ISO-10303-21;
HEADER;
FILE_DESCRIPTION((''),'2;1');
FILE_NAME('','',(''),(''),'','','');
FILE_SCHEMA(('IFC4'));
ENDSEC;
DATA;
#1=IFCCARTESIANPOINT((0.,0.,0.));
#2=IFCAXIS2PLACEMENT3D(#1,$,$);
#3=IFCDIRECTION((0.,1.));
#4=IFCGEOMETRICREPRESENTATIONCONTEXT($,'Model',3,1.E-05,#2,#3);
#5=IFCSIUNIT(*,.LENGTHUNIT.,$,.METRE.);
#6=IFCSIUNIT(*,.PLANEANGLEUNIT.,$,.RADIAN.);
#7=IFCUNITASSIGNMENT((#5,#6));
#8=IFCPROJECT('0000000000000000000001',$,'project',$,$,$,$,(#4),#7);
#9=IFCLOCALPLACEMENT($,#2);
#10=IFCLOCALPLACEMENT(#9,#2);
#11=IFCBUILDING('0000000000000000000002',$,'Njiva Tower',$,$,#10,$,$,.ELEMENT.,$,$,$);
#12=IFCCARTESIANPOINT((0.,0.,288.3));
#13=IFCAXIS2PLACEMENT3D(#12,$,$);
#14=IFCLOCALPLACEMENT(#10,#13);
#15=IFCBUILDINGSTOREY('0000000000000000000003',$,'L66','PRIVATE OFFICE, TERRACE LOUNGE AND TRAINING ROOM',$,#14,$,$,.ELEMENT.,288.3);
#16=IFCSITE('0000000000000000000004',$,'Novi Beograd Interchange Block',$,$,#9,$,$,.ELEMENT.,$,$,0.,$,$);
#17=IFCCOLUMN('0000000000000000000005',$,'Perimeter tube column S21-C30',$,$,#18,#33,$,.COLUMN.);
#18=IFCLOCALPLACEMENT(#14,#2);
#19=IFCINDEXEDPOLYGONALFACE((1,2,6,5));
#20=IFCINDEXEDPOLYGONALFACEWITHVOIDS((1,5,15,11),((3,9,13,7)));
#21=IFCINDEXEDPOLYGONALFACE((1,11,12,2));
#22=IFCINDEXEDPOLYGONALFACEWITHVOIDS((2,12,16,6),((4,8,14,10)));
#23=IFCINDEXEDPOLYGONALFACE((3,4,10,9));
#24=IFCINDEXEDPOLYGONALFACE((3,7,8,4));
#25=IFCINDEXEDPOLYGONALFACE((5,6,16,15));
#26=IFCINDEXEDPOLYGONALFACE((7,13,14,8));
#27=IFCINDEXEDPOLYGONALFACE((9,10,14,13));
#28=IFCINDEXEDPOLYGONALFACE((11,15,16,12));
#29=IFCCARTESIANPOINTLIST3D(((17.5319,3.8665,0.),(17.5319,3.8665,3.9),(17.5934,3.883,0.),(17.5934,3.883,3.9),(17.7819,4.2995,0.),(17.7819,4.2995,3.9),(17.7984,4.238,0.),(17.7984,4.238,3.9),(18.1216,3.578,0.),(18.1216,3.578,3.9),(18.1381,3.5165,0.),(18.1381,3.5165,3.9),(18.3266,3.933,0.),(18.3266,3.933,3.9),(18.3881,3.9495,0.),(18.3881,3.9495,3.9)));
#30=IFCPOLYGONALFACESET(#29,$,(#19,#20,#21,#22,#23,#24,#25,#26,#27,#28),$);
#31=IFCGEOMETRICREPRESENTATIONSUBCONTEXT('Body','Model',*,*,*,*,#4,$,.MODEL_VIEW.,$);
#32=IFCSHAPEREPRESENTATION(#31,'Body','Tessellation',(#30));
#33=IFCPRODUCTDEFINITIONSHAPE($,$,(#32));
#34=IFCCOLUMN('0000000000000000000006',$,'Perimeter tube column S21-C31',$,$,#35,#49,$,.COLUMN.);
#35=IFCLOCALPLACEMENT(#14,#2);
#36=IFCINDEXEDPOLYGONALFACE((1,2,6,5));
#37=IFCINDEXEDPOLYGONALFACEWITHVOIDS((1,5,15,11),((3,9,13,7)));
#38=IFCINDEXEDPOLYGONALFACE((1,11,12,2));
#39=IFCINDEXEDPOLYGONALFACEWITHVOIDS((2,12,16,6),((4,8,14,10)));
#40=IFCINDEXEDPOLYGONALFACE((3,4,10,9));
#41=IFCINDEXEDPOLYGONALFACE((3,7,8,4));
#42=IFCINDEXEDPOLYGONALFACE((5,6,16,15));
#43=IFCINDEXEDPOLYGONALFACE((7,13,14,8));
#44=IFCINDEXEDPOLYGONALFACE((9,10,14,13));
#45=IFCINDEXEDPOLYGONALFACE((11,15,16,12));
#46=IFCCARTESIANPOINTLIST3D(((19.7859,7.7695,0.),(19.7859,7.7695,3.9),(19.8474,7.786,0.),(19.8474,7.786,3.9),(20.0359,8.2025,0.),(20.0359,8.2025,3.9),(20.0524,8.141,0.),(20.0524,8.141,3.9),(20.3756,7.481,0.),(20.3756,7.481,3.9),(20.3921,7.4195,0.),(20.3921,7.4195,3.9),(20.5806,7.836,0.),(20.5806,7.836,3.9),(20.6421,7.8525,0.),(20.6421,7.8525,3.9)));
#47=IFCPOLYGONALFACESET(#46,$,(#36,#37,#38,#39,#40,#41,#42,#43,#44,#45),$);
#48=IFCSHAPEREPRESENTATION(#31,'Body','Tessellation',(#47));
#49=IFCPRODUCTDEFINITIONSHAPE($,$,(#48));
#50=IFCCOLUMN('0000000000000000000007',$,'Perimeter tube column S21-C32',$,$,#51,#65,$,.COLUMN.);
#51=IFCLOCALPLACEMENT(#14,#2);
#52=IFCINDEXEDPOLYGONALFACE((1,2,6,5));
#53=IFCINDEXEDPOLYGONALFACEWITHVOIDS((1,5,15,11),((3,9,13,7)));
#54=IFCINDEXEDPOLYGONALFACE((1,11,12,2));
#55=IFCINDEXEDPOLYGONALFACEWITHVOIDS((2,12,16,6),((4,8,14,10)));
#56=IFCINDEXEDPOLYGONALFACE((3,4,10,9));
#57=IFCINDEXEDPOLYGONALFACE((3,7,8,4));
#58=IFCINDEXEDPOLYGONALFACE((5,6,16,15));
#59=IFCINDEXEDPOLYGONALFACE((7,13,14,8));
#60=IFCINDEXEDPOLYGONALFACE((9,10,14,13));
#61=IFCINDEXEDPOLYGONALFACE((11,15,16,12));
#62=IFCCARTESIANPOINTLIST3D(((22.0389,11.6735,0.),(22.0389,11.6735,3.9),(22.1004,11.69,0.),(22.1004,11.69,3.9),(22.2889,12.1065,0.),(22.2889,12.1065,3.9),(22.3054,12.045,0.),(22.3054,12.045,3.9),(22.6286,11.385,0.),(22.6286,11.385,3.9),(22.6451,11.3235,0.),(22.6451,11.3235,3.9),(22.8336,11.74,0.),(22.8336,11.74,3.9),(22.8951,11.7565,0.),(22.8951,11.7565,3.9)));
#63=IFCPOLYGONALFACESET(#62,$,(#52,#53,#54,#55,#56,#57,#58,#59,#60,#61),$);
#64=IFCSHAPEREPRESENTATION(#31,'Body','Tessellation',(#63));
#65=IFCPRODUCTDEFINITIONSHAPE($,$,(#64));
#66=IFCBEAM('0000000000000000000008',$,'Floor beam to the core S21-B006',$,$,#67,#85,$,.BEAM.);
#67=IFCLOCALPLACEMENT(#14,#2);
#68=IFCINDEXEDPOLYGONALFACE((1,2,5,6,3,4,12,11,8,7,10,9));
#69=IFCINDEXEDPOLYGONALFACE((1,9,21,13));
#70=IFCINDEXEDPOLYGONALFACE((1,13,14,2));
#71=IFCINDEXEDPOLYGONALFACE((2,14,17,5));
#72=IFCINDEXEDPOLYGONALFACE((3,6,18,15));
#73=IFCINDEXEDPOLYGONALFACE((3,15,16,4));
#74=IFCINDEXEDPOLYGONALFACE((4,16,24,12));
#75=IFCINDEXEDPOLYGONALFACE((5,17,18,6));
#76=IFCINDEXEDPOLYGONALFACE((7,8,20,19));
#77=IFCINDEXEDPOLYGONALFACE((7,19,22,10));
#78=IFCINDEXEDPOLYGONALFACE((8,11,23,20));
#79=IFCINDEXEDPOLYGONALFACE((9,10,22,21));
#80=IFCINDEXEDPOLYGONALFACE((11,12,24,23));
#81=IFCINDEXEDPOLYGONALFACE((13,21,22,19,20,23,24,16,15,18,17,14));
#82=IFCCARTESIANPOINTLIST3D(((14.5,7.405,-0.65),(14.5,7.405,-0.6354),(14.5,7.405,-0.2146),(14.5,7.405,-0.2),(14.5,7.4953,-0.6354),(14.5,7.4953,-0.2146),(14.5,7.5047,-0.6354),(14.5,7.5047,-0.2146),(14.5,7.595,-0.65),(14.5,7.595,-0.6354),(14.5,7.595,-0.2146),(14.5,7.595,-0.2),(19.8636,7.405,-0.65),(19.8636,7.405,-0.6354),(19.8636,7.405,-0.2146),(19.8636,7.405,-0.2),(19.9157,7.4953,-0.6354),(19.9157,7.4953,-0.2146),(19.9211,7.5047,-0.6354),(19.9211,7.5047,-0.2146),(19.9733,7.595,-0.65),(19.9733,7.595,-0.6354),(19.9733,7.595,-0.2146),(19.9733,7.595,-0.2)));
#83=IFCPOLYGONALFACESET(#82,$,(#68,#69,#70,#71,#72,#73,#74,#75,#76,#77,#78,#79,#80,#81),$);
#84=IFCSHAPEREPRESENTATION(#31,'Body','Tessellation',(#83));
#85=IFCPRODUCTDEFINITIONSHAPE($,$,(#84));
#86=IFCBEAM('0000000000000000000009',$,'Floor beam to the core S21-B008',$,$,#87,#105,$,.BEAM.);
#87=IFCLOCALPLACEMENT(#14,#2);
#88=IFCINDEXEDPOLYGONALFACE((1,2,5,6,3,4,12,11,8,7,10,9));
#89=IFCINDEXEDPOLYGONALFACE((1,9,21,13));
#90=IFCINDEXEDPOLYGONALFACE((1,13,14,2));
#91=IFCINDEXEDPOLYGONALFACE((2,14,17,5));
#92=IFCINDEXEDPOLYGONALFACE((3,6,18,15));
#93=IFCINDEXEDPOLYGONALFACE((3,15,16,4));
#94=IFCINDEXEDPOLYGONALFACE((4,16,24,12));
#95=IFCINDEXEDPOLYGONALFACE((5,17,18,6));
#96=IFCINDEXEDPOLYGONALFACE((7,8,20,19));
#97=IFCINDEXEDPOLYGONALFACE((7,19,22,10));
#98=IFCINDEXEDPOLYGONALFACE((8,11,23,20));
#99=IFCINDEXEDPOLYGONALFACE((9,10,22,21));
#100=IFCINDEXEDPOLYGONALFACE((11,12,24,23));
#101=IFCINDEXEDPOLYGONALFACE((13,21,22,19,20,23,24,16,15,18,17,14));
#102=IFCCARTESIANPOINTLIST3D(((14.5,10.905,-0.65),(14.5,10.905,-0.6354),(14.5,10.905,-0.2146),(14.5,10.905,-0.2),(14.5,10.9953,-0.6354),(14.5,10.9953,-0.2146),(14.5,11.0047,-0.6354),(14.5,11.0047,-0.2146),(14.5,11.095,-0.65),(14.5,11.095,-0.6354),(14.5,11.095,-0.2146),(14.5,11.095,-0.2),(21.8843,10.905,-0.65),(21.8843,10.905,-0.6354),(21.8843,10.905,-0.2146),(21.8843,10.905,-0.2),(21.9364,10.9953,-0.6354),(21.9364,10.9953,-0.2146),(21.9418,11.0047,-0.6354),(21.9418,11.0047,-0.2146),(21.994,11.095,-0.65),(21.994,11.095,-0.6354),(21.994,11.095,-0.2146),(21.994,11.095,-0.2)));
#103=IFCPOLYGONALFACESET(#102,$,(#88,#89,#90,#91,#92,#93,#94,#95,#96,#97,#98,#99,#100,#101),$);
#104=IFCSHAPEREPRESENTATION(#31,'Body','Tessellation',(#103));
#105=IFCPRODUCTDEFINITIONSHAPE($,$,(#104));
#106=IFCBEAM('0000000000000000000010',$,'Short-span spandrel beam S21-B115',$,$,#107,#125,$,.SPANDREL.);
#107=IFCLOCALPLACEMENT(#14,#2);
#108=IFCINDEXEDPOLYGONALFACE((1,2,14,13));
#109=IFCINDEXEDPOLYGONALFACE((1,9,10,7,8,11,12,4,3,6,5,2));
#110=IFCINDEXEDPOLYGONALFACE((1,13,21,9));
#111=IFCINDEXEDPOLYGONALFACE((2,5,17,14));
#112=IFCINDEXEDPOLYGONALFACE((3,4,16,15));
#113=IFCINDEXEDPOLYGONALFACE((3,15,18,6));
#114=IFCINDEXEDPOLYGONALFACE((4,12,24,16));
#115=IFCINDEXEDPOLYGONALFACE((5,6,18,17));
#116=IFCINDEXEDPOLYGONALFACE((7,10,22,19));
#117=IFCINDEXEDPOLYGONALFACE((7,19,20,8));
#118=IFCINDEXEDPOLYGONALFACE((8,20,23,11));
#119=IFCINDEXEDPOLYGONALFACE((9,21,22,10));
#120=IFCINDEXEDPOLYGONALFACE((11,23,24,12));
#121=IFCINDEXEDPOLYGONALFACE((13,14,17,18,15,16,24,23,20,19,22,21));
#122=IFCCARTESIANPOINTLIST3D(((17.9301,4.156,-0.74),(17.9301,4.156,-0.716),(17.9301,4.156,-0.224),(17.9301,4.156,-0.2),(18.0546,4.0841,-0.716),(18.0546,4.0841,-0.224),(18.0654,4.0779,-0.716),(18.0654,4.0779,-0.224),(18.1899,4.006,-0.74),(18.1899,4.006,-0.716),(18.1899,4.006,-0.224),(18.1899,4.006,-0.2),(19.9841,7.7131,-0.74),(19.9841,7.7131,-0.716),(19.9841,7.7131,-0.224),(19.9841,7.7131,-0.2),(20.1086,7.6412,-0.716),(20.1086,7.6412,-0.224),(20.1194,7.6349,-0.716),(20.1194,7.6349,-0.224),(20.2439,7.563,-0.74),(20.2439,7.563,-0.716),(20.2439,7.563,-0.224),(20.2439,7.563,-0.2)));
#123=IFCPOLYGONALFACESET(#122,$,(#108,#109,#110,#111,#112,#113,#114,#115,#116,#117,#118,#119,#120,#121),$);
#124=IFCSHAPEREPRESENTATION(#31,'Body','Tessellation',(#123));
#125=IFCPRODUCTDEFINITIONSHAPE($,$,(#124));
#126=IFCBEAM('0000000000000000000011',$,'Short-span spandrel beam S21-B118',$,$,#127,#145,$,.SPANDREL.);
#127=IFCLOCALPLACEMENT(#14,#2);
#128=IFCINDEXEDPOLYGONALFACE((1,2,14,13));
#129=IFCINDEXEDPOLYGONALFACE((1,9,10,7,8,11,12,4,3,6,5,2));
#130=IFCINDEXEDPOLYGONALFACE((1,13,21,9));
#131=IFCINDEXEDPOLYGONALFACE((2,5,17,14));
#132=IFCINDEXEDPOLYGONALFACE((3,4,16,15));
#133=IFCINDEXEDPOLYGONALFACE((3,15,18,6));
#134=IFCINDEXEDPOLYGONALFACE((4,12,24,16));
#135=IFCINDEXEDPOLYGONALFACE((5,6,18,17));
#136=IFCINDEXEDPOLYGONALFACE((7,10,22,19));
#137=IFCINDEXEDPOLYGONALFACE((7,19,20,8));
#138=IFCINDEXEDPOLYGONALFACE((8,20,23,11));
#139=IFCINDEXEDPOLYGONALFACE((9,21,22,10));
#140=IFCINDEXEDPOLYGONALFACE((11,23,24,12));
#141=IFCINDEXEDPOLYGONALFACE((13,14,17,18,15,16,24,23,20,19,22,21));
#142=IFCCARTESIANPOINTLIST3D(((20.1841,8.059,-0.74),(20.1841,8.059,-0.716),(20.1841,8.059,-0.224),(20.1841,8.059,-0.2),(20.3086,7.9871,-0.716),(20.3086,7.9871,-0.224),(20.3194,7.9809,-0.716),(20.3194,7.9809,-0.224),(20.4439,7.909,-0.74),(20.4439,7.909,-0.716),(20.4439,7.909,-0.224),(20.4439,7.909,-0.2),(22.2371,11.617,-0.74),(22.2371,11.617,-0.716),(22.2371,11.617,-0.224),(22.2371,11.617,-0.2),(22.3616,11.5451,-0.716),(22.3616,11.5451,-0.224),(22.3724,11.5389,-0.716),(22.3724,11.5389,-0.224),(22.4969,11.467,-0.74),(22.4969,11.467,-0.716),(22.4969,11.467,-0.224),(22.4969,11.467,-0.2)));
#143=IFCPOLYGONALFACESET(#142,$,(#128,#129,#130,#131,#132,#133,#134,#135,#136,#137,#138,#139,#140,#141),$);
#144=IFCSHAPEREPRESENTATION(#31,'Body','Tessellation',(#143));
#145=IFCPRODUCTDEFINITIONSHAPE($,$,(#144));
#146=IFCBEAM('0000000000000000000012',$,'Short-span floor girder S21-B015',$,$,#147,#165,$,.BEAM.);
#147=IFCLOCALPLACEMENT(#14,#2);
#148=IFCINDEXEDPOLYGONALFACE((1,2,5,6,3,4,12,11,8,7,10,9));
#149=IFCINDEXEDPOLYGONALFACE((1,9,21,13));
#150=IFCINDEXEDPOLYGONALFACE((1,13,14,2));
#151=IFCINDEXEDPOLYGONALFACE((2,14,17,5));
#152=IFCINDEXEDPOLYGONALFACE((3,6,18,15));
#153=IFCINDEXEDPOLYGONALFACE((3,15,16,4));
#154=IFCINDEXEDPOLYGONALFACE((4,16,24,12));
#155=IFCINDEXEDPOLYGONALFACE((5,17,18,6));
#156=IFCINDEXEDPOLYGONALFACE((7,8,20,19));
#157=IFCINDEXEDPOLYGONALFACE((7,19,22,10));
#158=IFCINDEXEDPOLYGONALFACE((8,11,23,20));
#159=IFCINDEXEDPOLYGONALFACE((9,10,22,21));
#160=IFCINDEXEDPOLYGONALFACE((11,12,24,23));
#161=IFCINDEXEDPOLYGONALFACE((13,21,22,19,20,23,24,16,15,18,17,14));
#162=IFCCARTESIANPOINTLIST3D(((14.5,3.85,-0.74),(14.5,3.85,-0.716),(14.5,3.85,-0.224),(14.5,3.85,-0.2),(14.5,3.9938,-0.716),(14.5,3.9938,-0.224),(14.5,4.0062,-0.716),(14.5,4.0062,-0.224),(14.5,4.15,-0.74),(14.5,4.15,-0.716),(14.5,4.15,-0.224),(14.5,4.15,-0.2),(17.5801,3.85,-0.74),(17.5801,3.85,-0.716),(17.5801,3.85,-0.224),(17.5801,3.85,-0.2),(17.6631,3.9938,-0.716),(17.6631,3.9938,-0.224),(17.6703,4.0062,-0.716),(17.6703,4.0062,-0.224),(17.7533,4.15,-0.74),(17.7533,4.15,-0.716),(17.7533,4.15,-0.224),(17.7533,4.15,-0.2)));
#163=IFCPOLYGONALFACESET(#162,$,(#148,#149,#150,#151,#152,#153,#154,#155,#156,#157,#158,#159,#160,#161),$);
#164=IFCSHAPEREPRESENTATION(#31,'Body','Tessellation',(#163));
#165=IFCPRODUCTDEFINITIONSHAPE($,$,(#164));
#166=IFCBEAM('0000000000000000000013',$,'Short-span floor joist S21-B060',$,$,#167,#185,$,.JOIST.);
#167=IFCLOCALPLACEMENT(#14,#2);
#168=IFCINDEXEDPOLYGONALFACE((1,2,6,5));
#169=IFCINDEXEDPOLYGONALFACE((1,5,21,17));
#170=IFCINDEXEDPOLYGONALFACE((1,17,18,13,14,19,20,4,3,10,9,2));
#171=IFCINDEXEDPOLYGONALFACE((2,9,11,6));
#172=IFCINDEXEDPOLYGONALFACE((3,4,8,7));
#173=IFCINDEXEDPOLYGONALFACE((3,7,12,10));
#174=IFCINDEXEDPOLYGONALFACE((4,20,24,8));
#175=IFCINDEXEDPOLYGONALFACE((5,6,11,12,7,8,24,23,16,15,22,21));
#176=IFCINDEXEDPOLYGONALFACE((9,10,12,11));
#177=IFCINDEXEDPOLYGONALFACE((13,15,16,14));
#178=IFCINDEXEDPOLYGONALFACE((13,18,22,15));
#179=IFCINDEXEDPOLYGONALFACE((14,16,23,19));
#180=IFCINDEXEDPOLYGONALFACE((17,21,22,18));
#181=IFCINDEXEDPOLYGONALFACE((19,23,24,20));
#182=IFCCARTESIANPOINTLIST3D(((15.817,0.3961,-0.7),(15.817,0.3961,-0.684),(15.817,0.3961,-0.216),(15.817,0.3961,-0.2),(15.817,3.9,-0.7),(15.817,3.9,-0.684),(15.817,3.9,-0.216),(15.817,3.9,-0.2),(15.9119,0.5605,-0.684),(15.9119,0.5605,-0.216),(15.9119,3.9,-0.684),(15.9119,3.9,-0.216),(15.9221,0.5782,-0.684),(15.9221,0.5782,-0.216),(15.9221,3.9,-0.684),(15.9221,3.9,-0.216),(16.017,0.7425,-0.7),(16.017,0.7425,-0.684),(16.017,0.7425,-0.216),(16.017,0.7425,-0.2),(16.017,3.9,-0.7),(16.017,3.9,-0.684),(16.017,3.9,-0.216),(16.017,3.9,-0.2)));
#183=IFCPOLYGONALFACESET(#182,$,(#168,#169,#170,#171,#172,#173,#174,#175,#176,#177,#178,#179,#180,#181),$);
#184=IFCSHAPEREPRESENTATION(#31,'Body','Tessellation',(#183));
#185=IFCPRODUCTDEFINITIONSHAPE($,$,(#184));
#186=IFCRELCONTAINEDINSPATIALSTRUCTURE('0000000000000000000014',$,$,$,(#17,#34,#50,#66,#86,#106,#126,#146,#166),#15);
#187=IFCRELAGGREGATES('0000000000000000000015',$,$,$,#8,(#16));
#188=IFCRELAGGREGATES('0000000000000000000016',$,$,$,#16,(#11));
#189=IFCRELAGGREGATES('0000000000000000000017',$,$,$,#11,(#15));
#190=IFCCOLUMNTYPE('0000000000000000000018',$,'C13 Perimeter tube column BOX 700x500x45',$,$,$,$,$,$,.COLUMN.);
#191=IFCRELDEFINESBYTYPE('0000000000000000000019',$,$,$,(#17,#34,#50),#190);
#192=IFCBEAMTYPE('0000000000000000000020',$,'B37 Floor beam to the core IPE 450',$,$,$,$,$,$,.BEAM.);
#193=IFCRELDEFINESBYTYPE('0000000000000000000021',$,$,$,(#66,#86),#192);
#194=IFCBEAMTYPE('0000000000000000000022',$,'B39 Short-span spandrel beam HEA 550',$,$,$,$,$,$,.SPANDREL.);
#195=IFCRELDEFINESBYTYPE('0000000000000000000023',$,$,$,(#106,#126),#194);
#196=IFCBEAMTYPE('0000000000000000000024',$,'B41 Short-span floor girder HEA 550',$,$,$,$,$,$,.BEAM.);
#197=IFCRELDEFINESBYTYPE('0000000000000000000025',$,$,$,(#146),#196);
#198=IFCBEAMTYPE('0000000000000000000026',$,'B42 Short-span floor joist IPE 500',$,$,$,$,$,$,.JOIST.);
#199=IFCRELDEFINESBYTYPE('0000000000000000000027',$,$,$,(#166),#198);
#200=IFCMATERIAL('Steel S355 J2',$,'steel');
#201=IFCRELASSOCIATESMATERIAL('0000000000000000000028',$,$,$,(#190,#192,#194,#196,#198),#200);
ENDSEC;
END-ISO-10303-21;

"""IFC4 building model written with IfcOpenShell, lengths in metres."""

from ifc_helpers import new_model, si_unit, direction, frame, origin, origin_2d, place, context, subcontext, project, spatial, hollow_rectangle, i_section, extrude, clip, halfspace, material, material_profile, profile_set, type_object, element, save


model = new_model("IFC4")

# Units and contexts
model_context = context("Model", 3, precision=1e-05, world=origin(), true_north=direction((0.0, 1.0)))
body_context = subcontext(model_context, "Body", "Model", "MODEL_VIEW")
ifc_project = project(units=[si_unit("LENGTHUNIT", "METRE"), si_unit("PLANEANGLEUNIT", "RADIAN")], contexts=[model_context])

# Site, building, storey
site_placement = place(None, origin())
site = spatial("IfcSite", under=ifc_project, at=site_placement, Name="Novi Beograd Interchange Block", CompositionType="ELEMENT", RefElevation=0.0)
building_placement = place(site_placement, origin())
building = spatial("IfcBuilding", under=site, at=building_placement, Name="Njiva Tower", CompositionType="ELEMENT")
storey_placement = place(building_placement, frame((0.0, 0.0, 288.3)))
storey = spatial("IfcBuildingStorey", under=building, at=storey_placement, Name="L66", Description="PRIVATE OFFICE, TERRACE LOUNGE AND TRAINING ROOM", CompositionType="ELEMENT", Elevation=288.3)

# Columns
ifc_material_1 = material(Name="Steel S355 J2", Category="steel")
ifc_material_profile_1 = material_profile(ifc_material_1, hollow_rectangle(XDim=0.5, YDim=0.7, WallThickness=0.045, at=origin_2d()), Name="BOX 700x500x45")
ifc_profile_set_1 = profile_set([ifc_material_profile_1], Name="Steel S355 J2")
column_type = type_object("IfcColumnType", Name="C13 Perimeter tube column BOX 700x500x45", PredefinedType="COLUMN", material=ifc_profile_set_1)
for number, where, z_axis, x_axis, name in (
    (1, (17.96, 3.908, 0.0), (0.0, 0.0, 1.0), (0.5, 0.866025, 0.0), "Perimeter tube column S21-C30"),
    (2, (20.214, 7.811, 0.0), (0.0, 0.0, 1.0), (0.5, 0.866025, 0.0), "Perimeter tube column S21-C31"),
    (3, (22.467, 11.715, 0.0), (0.0, 0.0, 1.0), (0.5, 0.866025, 0.0), "Perimeter tube column S21-C32"),
):
    element("IfcColumn", number, at=place(storey_placement, frame(where, z_axis=z_axis, x_axis=x_axis)), inside=storey, type_object=column_type, Name=name, PredefinedType="COLUMN", context=body_context, shape_type="SweptSolid", body=[
        extrude(hollow_rectangle(XDim=0.5, YDim=0.7, WallThickness=0.045, at=origin_2d()), origin(), (0.0, 0.0, 1.0), 3.9),
    ])

# Beams
ifc_material_profile_2 = material_profile(ifc_material_1, i_section(OverallWidth=0.19, OverallDepth=0.45, WebThickness=0.0094, FlangeThickness=0.0146, at=origin_2d()), Name="IPE 450")
ifc_profile_set_2 = profile_set([ifc_material_profile_2], Name="Steel S355 J2")
beam_type_1 = type_object("IfcBeamType", Name="B37 Floor beam to the core IPE 450", PredefinedType="BEAM", material=ifc_profile_set_2)
beam_1_placement = place(storey_placement, frame((14.5, 7.5, -0.425), z_axis=(1.0, 0.0, 0.0), x_axis=(0.0, 1.0, 0.0)))
element("IfcBeam", 4, at=beam_1_placement, inside=storey, type_object=beam_type_1, Name="Floor beam to the core S21-B006", PredefinedType="BEAM", context=body_context, shape_type="Clipping", body=[
    clip(extrude(i_section(OverallWidth=0.19, OverallDepth=0.45, WebThickness=0.0094, FlangeThickness=0.0146, at=origin_2d()), origin(), (0.0, 0.0, 1.0), 5.493), halfspace(frame((-0.025, 0.0, 5.404), z_axis=(-0.499998, 0.0, 0.866027), x_axis=(0.0, 1.0, 0.0)), False)),
])
beam_2_placement = place(storey_placement, frame((14.5, 11.0, -0.425), z_axis=(1.0, 0.0, 0.0), x_axis=(0.0, 1.0, 0.0)))
element("IfcBeam", 5, at=beam_2_placement, inside=storey, type_object=beam_type_1, Name="Floor beam to the core S21-B008", PredefinedType="BEAM", context=body_context, shape_type="Clipping", body=[
    clip(extrude(i_section(OverallWidth=0.19, OverallDepth=0.45, WebThickness=0.0094, FlangeThickness=0.0146, at=origin_2d()), origin(), (0.0, 0.0, 1.0), 7.514), halfspace(frame((-0.025, 0.0, 7.4247), z_axis=(-0.499998, 0.0, 0.866027), x_axis=(0.0, 1.0, 0.0)), False)),
])
ifc_material_profile_3 = material_profile(ifc_material_1, i_section(OverallWidth=0.3, OverallDepth=0.54, WebThickness=0.0125, FlangeThickness=0.024, at=origin_2d()), Name="HEA 550")
ifc_profile_set_3 = profile_set([ifc_material_profile_3], Name="Steel S355 J2")
beam_type_2 = type_object("IfcBeamType", Name="B39 Short-span spandrel beam HEA 550", PredefinedType="SPANDREL", material=ifc_profile_set_3)
beam_3_placement = place(storey_placement, frame((18.06, 4.081, -0.47), z_axis=(0.500067, 0.865987, 0.0), x_axis=(-0.865987, 0.500067, 0.0)))
element("IfcBeam", 6, at=beam_3_placement, inside=storey, type_object=beam_type_2, Name="Short-span spandrel beam S21-B115", PredefinedType="SPANDREL", context=body_context, shape_type="SweptSolid", body=[
    extrude(i_section(OverallWidth=0.3, OverallDepth=0.54, WebThickness=0.0125, FlangeThickness=0.024, at=origin_2d()), origin(), (0.0, 0.0, 1.0), 4.1075),
])
beam_4_placement = place(storey_placement, frame((20.314, 7.984, -0.47), z_axis=(0.499779, 0.866153, 0.0), x_axis=(-0.866153, 0.499779, 0.0)))
element("IfcBeam", 7, at=beam_4_placement, inside=storey, type_object=beam_type_2, Name="Short-span spandrel beam S21-B118", PredefinedType="SPANDREL", context=body_context, shape_type="SweptSolid", body=[
    extrude(i_section(OverallWidth=0.3, OverallDepth=0.54, WebThickness=0.0125, FlangeThickness=0.024, at=origin_2d()), origin(), (0.0, 0.0, 1.0), 4.1078),
])
ifc_material_profile_4 = material_profile(ifc_material_1, i_section(OverallWidth=0.3, OverallDepth=0.54, WebThickness=0.0125, FlangeThickness=0.024, at=origin_2d()), Name="HEA 550")
ifc_profile_set_4 = profile_set([ifc_material_profile_4], Name="Steel S355 J2")
beam_type_3 = type_object("IfcBeamType", Name="B41 Short-span floor girder HEA 550", PredefinedType="BEAM", material=ifc_profile_set_4)
beam_5_placement = place(storey_placement, frame((14.5, 4.0, -0.47), z_axis=(1.0, 0.0, 0.0), x_axis=(0.0, 1.0, 0.0)))
element("IfcBeam", 8, at=beam_5_placement, inside=storey, type_object=beam_type_3, Name="Short-span floor girder S21-B015", PredefinedType="BEAM", context=body_context, shape_type="Clipping", body=[
    clip(extrude(i_section(OverallWidth=0.3, OverallDepth=0.54, WebThickness=0.0125, FlangeThickness=0.024, at=origin_2d()), origin(), (0.0, 0.0, 1.0), 3.274), halfspace(frame((-0.025, 0.0, 3.1523), z_axis=(-0.499998, 0.0, 0.866027), x_axis=(0.0, 1.0, 0.0)), False)),
])
ifc_material_profile_5 = material_profile(ifc_material_1, i_section(OverallWidth=0.2, OverallDepth=0.5, WebThickness=0.0102, FlangeThickness=0.016, at=origin_2d()), Name="IPE 500")
ifc_profile_set_5 = profile_set([ifc_material_profile_5], Name="Steel S355 J2")
beam_type_4 = type_object("IfcBeamType", Name="B42 Short-span floor joist IPE 500", PredefinedType="JOIST", material=ifc_profile_set_5)
beam_6_placement = place(storey_placement, frame((15.917, 3.9, -0.45), z_axis=(0.0, -1.0, 0.0), x_axis=(1.0, 0.0, 0.0)))
element("IfcBeam", 9, at=beam_6_placement, inside=storey, type_object=beam_type_4, Name="Short-span floor joist S21-B060", PredefinedType="JOIST", context=body_context, shape_type="Clipping", body=[
    clip(extrude(i_section(OverallWidth=0.2, OverallDepth=0.5, WebThickness=0.0102, FlangeThickness=0.016, at=origin_2d()), origin(), (0.0, 0.0, 1.0), 3.524), halfspace(frame((0.043, 0.0, 3.2562), z_axis=(0.866027, 0.0, 0.499998), x_axis=(0.0, 1.0, 0.0)), False)),
])

save(model, "model.ifc")
